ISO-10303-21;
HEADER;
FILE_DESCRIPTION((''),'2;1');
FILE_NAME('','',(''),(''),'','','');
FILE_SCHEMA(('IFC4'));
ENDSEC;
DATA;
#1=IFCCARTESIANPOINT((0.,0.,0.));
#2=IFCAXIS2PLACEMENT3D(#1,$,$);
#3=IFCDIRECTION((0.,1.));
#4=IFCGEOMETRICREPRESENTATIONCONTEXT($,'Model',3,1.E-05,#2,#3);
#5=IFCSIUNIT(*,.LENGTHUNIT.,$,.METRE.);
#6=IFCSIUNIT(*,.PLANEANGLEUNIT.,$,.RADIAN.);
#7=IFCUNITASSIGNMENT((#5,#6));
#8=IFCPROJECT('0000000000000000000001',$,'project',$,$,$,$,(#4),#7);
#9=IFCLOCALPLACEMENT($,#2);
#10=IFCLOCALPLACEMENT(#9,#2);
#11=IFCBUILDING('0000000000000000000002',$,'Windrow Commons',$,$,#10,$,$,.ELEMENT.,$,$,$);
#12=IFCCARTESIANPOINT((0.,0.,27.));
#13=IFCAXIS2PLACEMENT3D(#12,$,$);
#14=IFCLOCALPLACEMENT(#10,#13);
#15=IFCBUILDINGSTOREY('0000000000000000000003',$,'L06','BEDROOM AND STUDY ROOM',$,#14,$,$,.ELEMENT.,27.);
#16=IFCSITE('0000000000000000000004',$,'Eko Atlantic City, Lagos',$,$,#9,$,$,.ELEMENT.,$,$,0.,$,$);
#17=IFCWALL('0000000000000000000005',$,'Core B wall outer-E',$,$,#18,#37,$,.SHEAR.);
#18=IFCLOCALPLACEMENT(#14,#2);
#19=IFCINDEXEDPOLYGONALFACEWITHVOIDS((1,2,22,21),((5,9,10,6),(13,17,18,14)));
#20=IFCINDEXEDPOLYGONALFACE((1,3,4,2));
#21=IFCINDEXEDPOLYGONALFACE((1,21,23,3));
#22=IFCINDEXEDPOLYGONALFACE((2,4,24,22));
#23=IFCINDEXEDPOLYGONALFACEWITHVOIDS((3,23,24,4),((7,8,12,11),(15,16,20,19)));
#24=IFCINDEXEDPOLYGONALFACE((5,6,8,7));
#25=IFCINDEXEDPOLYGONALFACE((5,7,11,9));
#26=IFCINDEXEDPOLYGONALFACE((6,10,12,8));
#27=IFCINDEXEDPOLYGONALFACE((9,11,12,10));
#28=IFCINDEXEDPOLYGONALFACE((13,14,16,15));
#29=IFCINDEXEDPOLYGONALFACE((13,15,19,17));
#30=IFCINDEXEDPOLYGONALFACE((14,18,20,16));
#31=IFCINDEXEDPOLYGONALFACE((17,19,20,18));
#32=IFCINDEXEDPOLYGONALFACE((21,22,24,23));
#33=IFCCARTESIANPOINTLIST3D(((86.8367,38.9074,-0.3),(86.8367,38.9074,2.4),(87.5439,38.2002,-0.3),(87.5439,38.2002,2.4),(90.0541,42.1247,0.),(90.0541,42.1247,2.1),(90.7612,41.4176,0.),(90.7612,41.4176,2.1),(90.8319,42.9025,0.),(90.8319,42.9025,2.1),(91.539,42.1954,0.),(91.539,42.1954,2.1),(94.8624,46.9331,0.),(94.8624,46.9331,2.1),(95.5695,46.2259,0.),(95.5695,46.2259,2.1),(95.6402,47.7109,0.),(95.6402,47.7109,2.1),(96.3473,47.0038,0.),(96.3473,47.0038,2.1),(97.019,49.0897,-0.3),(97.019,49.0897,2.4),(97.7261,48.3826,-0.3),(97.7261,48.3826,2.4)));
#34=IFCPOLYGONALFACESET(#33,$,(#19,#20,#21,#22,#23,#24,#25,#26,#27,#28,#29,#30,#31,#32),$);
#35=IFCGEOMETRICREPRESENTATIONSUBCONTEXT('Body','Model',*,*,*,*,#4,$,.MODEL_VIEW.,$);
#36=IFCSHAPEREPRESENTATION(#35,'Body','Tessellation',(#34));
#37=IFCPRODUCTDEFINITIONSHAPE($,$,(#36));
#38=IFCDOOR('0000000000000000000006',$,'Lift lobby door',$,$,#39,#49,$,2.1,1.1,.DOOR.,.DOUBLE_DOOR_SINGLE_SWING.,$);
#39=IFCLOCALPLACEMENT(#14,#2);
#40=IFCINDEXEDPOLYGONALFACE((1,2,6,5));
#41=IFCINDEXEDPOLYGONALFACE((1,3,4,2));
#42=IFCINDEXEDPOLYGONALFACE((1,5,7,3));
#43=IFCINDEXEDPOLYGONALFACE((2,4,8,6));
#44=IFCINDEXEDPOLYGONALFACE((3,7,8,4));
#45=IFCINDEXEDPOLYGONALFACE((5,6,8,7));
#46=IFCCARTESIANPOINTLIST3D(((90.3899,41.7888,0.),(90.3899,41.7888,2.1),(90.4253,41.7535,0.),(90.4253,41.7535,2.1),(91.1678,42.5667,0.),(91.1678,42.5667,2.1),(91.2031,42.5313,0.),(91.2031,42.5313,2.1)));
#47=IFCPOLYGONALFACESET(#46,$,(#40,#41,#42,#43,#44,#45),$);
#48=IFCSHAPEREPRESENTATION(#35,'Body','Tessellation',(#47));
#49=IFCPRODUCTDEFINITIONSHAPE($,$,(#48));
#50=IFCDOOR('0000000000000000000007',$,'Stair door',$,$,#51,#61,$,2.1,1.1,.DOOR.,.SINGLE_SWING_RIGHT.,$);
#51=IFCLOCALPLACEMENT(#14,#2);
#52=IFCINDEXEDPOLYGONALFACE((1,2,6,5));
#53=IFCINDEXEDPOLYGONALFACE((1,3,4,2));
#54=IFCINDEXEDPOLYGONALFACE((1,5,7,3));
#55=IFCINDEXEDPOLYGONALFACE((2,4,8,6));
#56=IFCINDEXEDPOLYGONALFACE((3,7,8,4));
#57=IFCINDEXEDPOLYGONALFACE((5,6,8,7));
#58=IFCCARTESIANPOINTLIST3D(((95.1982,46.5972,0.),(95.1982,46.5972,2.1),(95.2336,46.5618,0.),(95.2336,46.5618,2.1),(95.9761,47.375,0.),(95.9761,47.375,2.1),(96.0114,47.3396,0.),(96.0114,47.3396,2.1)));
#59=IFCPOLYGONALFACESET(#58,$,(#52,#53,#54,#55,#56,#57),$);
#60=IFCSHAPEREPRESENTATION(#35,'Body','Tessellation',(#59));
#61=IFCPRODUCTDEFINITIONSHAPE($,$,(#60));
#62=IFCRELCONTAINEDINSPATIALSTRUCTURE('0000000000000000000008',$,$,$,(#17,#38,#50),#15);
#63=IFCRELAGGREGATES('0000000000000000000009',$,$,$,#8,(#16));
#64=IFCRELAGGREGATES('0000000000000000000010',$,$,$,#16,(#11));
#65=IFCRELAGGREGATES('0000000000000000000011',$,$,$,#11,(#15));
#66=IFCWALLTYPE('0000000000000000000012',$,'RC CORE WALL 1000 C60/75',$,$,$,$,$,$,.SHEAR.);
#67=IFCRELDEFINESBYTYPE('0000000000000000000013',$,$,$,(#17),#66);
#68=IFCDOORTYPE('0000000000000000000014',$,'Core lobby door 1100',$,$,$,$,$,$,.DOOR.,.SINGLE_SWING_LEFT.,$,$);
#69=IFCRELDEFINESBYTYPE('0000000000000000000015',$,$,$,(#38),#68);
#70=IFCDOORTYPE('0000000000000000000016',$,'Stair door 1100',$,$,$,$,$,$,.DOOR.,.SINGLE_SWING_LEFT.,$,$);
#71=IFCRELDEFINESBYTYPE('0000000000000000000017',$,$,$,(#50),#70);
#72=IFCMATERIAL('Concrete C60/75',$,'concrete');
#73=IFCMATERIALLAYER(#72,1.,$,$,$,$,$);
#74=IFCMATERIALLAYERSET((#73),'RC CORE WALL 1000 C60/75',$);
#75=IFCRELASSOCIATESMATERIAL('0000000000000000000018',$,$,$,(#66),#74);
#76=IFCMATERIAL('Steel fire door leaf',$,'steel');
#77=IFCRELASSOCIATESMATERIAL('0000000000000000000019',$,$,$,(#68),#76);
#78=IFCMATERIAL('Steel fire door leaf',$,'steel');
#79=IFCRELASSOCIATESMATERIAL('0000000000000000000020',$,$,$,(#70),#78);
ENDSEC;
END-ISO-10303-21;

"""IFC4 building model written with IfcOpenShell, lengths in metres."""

from ifc_helpers import new_model, si_unit, direction, frame, frame_2d, origin, place, context, subcontext, project, spatial, rectangle, extrude, material, layer, layer_set, type_object, element, fill, save


model = new_model("IFC4")

# Units and contexts
model_context = context("Model", 3, precision=1e-05, world=origin(), true_north=direction((0.0, 1.0)))
body_context = subcontext(model_context, "Body", "Model", "MODEL_VIEW")
ifc_project = project(units=[si_unit("LENGTHUNIT", "METRE"), si_unit("PLANEANGLEUNIT", "RADIAN")], contexts=[model_context])

# Site, building, storey
site_placement = place(None, origin())
site = spatial("IfcSite", under=ifc_project, at=site_placement, Name="Eko Atlantic City, Lagos", CompositionType="ELEMENT", RefElevation=0.0)
building_placement = place(site_placement, origin())
building = spatial("IfcBuilding", under=site, at=building_placement, Name="Windrow Commons", CompositionType="ELEMENT")
storey_placement = place(building_placement, frame((0.0, 0.0, 27.0)))
storey = spatial("IfcBuildingStorey", under=building, at=storey_placement, Name="L06", Description="BEDROOM AND STUDY ROOM", CompositionType="ELEMENT", Elevation=27.0)

# Wall, openings, doors
ifc_material_1 = material(Name="Concrete C60/75", Category="concrete")
ifc_layer_1 = layer(ifc_material_1, 1.0)
ifc_layer_set_1 = layer_set([ifc_layer_1], Name="RC CORE WALL 1000 C60/75")
wall_type_1 = type_object("IfcWallType", Name="RC CORE WALL 1000 C60/75", PredefinedType="SHEAR", material=ifc_layer_set_1)
wall_1_placement = place(storey_placement, frame((87.1903, 38.5538, -0.3), z_axis=(0.0, 0.0, 1.0), x_axis=(0.707103, 0.70711, 0.0)))
wall_1 = element("IfcWall", 1, at=wall_1_placement, inside=storey, type_object=wall_type_1, Name="Core B wall outer-E", PredefinedType="SHEAR", context=body_context, shape_type="SweptSolid", body=[
    extrude(rectangle(XDim=14.4, YDim=1.0, at=frame_2d((7.2, 0.0))), origin(), (0.0, 0.0, 1.0), 2.7),
])
opening_1_placement = place(wall_1_placement, frame((4.55, 0.0, 0.3)))
opening_1 = element("IfcOpeningElement", 2, at=opening_1_placement, cuts=wall_1, PredefinedType="OPENING", context=body_context, shape_type="SweptSolid", body=[
    extrude(rectangle(XDim=1.1, YDim=2.1, at=frame_2d((0.55, 1.05))), frame((0.0, 0.51, 0.0), z_axis=(0.0, -1.0, 0.0), x_axis=(1.0, 0.0, 0.0)), (0.0, 0.0, 1.0), 1.02),
])
opening_2_placement = place(wall_1_placement, frame((11.35, 0.0, 0.3)))
opening_2 = element("IfcOpeningElement", 3, at=opening_2_placement, cuts=wall_1, PredefinedType="OPENING", context=body_context, shape_type="SweptSolid", body=[
    extrude(rectangle(XDim=1.1, YDim=2.1, at=frame_2d((0.55, 1.05))), frame((0.0, 0.51, 0.0), z_axis=(0.0, -1.0, 0.0), x_axis=(1.0, 0.0, 0.0)), (0.0, 0.0, 1.0), 1.02),
])
ifc_material_2 = material(Name="Steel fire door leaf", Category="steel")
door_type_1 = type_object("IfcDoorType", Name="Core lobby door 1100", OperationType="SINGLE_SWING_LEFT", PredefinedType="DOOR", material=ifc_material_2)
door_1_placement = place(opening_1_placement, origin())
door_1 = element("IfcDoor", 4, at=door_1_placement, inside=storey, type_object=door_type_1, Name="Lift lobby door", OperationType="DOUBLE_DOOR_SINGLE_SWING", OverallHeight=2.1, OverallWidth=1.1, PredefinedType="DOOR", context=body_context, shape_type="SweptSolid", body=[
    extrude(rectangle(XDim=1.1, YDim=2.1, at=frame_2d((0.55, 1.05))), frame((0.0, 0.025, 0.0), z_axis=(0.0, -1.0, 0.0), x_axis=(1.0, 0.0, 0.0)), (0.0, 0.0, 1.0), 0.05),
])
fill(opening_1, door_1)
ifc_material_3 = material(Name="Steel fire door leaf", Category="steel")
door_type_2 = type_object("IfcDoorType", Name="Stair door 1100", OperationType="SINGLE_SWING_LEFT", PredefinedType="DOOR", material=ifc_material_3)
door_2_placement = place(opening_2_placement, origin())
door_2 = element("IfcDoor", 5, at=door_2_placement, inside=storey, type_object=door_type_2, Name="Stair door", OperationType="SINGLE_SWING_RIGHT", OverallHeight=2.1, OverallWidth=1.1, PredefinedType="DOOR", context=body_context, shape_type="SweptSolid", body=[
    extrude(rectangle(XDim=1.1, YDim=2.1, at=frame_2d((0.55, 1.05))), frame((0.0, 0.025, 0.0), z_axis=(0.0, -1.0, 0.0), x_axis=(1.0, 0.0, 0.0)), (0.0, 0.0, 1.0), 0.05),
])
fill(opening_2, door_2)

save(model, "model.ifc")
